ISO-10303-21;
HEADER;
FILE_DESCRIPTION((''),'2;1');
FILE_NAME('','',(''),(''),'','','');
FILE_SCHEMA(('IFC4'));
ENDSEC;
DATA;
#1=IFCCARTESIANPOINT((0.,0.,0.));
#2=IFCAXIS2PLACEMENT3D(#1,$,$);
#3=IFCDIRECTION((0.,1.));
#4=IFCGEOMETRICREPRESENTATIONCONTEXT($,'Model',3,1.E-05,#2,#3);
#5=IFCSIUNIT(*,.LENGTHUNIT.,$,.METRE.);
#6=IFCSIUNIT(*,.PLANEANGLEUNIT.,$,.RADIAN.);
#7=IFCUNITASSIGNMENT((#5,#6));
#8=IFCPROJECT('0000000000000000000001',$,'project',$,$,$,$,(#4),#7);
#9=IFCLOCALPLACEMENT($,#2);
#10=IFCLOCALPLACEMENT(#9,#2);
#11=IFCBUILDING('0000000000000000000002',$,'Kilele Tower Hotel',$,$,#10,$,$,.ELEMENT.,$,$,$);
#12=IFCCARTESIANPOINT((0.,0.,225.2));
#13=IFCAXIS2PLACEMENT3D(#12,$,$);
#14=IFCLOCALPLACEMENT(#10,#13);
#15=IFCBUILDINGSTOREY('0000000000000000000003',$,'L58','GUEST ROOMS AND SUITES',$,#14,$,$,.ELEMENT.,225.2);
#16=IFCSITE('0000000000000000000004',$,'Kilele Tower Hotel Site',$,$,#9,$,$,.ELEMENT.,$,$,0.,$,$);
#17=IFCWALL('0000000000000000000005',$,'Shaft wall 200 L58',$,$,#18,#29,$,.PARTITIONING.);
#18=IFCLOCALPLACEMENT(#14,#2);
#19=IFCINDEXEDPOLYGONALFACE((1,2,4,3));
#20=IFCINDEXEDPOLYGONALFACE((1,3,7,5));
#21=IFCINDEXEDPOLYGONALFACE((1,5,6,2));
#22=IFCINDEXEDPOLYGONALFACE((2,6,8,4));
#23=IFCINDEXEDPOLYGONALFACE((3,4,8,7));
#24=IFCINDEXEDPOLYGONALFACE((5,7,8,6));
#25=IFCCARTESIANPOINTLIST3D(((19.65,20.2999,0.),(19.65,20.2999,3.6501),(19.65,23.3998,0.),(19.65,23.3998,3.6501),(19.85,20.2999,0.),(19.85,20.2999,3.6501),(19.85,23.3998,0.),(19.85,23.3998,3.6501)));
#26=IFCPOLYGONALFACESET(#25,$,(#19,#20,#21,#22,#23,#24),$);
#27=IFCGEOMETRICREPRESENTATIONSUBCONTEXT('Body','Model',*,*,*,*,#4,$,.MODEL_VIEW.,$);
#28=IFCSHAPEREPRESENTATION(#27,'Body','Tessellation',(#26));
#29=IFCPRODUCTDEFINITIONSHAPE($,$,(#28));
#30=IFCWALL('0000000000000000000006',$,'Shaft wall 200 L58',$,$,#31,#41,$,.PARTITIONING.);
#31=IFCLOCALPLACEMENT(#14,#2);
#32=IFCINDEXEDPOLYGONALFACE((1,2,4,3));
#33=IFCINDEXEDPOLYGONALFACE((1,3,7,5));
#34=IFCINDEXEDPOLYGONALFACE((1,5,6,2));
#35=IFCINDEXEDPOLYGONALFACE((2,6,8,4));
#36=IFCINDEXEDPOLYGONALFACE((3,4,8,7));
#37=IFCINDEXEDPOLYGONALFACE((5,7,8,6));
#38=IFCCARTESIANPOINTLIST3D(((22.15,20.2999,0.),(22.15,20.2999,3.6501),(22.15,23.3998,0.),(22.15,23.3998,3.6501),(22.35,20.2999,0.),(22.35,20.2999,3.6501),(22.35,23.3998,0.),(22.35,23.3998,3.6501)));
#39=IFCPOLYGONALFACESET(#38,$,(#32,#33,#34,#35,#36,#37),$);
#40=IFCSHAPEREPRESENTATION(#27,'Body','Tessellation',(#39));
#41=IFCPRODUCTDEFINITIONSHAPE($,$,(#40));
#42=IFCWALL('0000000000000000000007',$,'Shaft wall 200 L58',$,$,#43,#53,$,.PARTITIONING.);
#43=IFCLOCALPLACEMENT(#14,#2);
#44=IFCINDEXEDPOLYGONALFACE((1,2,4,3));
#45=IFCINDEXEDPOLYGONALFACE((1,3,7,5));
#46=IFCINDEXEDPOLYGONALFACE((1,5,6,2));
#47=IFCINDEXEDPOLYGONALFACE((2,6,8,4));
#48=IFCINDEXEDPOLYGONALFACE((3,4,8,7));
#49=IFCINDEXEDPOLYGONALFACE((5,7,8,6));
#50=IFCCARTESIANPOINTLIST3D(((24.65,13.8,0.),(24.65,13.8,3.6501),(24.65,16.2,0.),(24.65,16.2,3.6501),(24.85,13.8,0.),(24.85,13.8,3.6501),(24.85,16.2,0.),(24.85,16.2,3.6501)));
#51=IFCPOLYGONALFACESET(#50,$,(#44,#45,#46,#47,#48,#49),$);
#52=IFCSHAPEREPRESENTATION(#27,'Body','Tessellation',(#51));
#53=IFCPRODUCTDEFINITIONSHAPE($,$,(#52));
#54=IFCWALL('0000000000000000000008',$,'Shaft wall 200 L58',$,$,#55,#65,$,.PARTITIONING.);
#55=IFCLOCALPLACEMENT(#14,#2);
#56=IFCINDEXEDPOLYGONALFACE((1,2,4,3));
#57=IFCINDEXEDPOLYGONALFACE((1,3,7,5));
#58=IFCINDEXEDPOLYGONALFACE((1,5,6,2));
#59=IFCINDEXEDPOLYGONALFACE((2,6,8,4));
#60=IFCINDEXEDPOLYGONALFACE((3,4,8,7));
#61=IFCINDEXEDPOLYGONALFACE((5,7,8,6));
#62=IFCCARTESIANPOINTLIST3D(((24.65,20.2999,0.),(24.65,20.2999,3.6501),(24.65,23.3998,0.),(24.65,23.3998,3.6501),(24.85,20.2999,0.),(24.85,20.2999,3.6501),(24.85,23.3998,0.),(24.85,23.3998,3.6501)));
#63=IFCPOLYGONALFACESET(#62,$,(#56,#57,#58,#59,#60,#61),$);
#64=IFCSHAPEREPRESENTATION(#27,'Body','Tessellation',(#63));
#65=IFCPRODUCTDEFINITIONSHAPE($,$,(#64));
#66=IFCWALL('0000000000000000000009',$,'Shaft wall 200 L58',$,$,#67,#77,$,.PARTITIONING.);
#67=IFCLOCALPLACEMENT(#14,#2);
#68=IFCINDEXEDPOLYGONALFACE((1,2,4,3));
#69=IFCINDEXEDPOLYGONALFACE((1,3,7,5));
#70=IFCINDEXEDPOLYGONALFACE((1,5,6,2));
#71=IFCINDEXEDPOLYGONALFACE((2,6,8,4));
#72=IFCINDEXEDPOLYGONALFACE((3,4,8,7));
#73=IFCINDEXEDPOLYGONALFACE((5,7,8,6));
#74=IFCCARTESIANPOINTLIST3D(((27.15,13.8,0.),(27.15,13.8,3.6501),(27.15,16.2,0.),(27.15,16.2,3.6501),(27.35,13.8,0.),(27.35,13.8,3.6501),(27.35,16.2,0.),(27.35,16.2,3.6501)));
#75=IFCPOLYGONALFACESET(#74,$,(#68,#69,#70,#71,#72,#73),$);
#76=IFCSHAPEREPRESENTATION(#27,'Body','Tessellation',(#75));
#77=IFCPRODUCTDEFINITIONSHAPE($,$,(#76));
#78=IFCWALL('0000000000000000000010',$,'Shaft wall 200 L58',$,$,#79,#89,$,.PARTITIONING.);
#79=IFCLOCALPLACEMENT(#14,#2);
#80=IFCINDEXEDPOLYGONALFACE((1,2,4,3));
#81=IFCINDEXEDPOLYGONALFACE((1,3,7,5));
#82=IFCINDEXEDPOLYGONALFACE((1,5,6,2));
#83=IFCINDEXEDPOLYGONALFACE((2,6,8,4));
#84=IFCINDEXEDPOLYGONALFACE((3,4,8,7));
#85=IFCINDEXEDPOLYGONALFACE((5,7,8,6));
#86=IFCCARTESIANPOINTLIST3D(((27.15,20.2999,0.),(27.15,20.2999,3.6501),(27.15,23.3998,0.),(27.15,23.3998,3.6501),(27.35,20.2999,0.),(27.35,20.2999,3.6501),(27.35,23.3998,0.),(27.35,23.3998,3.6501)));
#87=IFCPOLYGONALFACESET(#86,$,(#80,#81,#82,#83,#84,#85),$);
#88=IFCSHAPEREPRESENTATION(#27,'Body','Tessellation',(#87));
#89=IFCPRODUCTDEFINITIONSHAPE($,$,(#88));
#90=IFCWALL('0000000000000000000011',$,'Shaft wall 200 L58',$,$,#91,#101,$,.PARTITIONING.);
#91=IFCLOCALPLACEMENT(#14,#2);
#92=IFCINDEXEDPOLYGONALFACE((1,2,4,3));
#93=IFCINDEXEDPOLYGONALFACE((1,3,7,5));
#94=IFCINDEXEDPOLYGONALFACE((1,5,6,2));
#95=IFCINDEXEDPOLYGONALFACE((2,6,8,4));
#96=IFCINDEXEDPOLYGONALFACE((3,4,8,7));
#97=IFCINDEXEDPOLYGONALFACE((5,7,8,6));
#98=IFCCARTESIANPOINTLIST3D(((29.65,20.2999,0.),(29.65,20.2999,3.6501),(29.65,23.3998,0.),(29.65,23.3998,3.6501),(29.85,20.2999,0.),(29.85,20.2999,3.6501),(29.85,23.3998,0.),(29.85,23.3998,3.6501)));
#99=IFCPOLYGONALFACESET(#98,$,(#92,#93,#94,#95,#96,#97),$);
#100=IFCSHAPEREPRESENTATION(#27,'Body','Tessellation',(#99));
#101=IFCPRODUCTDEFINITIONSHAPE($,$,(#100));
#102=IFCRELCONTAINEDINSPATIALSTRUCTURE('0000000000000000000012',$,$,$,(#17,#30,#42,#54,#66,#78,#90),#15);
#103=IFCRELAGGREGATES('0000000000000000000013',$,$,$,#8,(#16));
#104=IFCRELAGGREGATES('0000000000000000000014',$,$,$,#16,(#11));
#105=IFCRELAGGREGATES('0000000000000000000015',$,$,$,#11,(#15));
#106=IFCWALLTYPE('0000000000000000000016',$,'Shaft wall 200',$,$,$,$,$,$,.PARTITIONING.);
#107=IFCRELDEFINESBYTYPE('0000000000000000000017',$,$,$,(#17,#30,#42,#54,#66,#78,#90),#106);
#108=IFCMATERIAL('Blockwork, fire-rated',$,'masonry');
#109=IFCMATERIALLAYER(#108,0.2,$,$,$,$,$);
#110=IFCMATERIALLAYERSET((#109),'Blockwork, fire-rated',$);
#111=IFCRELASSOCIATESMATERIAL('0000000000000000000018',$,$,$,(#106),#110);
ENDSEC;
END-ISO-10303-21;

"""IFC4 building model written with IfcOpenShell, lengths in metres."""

from ifc_helpers import new_model, si_unit, direction, frame, frame_2d, origin, place, context, subcontext, project, spatial, rectangle, extrude, material, layer, layer_set, type_object, element, save


model = new_model("IFC4")

# Units and contexts
model_context = context("Model", 3, precision=1e-05, world=origin(), true_north=direction((0.0, 1.0)))
body_context = subcontext(model_context, "Body", "Model", "MODEL_VIEW")
ifc_project = project(units=[si_unit("LENGTHUNIT", "METRE"), si_unit("PLANEANGLEUNIT", "RADIAN")], contexts=[model_context])

# Site, building, storey
site_placement = place(None, origin())
site = spatial("IfcSite", under=ifc_project, at=site_placement, Name="Kilele Tower Hotel Site", CompositionType="ELEMENT", RefElevation=0.0)
building_placement = place(site_placement, origin())
building = spatial("IfcBuilding", under=site, at=building_placement, Name="Kilele Tower Hotel", CompositionType="ELEMENT")
storey_placement = place(building_placement, frame((0.0, 0.0, 225.2)))
storey = spatial("IfcBuildingStorey", under=building, at=storey_placement, Name="L58", Description="GUEST ROOMS AND SUITES", CompositionType="ELEMENT", Elevation=225.2)

# Walls
ifc_material_1 = material(Name="Blockwork, fire-rated", Category="masonry")
ifc_layer_1 = layer(ifc_material_1, 0.2)
ifc_layer_set_1 = layer_set([ifc_layer_1], Name="Blockwork, fire-rated")
wall_type_1 = type_object("IfcWallType", Name="Shaft wall 200", PredefinedType="PARTITIONING", material=ifc_layer_set_1)
for number, where, z_axis, x_axis, name in (
    (1, (19.75, 20.3, 0.0), (0.0, 0.0, 1.0), (0.0, 1.0, 0.0), "Shaft wall 200 L58"),
    (2, (22.25, 20.3, 0.0), (0.0, 0.0, 1.0), (0.0, 1.0, 0.0), "Shaft wall 200 L58"),
):
    element("IfcWall", number, at=place(storey_placement, frame(where, z_axis=z_axis, x_axis=x_axis)), inside=storey, type_object=wall_type_1, Name=name, PredefinedType="PARTITIONING", context=body_context, shape_type="SweptSolid", body=[
        extrude(rectangle(XDim=3.0999, YDim=0.2, at=frame_2d((1.5498, 0.0))), origin(), (0.0, 0.0, 1.0), 3.6501),
    ])
wall_1_placement = place(storey_placement, frame((24.75, 13.8, 0.0), z_axis=(0.0, 0.0, 1.0), x_axis=(0.0, 1.0, 0.0)))
element("IfcWall", 3, at=wall_1_placement, inside=storey, type_object=wall_type_1, Name="Shaft wall 200 L58", PredefinedType="PARTITIONING", context=body_context, shape_type="SweptSolid", body=[
    extrude(rectangle(XDim=2.3999, YDim=0.2, at=frame_2d((1.2, 0.0))), origin(), (0.0, 0.0, 1.0), 3.6501),
])
wall_2_placement = place(storey_placement, frame((24.75, 20.3, 0.0), z_axis=(0.0, 0.0, 1.0), x_axis=(0.0, 1.0, 0.0)))
element("IfcWall", 4, at=wall_2_placement, inside=storey, type_object=wall_type_1, Name="Shaft wall 200 L58", PredefinedType="PARTITIONING", context=body_context, shape_type="SweptSolid", body=[
    extrude(rectangle(XDim=3.0999, YDim=0.2, at=frame_2d((1.5498, 0.0))), origin(), (0.0, 0.0, 1.0), 3.6501),
])
wall_3_placement = place(storey_placement, frame((27.25, 13.8, 0.0), z_axis=(0.0, 0.0, 1.0), x_axis=(0.0, 1.0, 0.0)))
element("IfcWall", 5, at=wall_3_placement, inside=storey, type_object=wall_type_1, Name="Shaft wall 200 L58", PredefinedType="PARTITIONING", context=body_context, shape_type="SweptSolid", body=[
    extrude(rectangle(XDim=2.3999, YDim=0.2, at=frame_2d((1.2, 0.0))), origin(), (0.0, 0.0, 1.0), 3.6501),
])
for number, where, z_axis, x_axis, name in (
    (6, (27.25, 20.3, 0.0), (0.0, 0.0, 1.0), (0.0, 1.0, 0.0), "Shaft wall 200 L58"),
    (7, (29.75, 20.3, 0.0), (0.0, 0.0, 1.0), (0.0, 1.0, 0.0), "Shaft wall 200 L58"),
):
    element("IfcWall", number, at=place(storey_placement, frame(where, z_axis=z_axis, x_axis=x_axis)), inside=storey, type_object=wall_type_1, Name=name, PredefinedType="PARTITIONING", context=body_context, shape_type="SweptSolid", body=[
        extrude(rectangle(XDim=3.0999, YDim=0.2, at=frame_2d((1.5498, 0.0))), origin(), (0.0, 0.0, 1.0), 3.6501),
    ])

save(model, "model.ifc")
